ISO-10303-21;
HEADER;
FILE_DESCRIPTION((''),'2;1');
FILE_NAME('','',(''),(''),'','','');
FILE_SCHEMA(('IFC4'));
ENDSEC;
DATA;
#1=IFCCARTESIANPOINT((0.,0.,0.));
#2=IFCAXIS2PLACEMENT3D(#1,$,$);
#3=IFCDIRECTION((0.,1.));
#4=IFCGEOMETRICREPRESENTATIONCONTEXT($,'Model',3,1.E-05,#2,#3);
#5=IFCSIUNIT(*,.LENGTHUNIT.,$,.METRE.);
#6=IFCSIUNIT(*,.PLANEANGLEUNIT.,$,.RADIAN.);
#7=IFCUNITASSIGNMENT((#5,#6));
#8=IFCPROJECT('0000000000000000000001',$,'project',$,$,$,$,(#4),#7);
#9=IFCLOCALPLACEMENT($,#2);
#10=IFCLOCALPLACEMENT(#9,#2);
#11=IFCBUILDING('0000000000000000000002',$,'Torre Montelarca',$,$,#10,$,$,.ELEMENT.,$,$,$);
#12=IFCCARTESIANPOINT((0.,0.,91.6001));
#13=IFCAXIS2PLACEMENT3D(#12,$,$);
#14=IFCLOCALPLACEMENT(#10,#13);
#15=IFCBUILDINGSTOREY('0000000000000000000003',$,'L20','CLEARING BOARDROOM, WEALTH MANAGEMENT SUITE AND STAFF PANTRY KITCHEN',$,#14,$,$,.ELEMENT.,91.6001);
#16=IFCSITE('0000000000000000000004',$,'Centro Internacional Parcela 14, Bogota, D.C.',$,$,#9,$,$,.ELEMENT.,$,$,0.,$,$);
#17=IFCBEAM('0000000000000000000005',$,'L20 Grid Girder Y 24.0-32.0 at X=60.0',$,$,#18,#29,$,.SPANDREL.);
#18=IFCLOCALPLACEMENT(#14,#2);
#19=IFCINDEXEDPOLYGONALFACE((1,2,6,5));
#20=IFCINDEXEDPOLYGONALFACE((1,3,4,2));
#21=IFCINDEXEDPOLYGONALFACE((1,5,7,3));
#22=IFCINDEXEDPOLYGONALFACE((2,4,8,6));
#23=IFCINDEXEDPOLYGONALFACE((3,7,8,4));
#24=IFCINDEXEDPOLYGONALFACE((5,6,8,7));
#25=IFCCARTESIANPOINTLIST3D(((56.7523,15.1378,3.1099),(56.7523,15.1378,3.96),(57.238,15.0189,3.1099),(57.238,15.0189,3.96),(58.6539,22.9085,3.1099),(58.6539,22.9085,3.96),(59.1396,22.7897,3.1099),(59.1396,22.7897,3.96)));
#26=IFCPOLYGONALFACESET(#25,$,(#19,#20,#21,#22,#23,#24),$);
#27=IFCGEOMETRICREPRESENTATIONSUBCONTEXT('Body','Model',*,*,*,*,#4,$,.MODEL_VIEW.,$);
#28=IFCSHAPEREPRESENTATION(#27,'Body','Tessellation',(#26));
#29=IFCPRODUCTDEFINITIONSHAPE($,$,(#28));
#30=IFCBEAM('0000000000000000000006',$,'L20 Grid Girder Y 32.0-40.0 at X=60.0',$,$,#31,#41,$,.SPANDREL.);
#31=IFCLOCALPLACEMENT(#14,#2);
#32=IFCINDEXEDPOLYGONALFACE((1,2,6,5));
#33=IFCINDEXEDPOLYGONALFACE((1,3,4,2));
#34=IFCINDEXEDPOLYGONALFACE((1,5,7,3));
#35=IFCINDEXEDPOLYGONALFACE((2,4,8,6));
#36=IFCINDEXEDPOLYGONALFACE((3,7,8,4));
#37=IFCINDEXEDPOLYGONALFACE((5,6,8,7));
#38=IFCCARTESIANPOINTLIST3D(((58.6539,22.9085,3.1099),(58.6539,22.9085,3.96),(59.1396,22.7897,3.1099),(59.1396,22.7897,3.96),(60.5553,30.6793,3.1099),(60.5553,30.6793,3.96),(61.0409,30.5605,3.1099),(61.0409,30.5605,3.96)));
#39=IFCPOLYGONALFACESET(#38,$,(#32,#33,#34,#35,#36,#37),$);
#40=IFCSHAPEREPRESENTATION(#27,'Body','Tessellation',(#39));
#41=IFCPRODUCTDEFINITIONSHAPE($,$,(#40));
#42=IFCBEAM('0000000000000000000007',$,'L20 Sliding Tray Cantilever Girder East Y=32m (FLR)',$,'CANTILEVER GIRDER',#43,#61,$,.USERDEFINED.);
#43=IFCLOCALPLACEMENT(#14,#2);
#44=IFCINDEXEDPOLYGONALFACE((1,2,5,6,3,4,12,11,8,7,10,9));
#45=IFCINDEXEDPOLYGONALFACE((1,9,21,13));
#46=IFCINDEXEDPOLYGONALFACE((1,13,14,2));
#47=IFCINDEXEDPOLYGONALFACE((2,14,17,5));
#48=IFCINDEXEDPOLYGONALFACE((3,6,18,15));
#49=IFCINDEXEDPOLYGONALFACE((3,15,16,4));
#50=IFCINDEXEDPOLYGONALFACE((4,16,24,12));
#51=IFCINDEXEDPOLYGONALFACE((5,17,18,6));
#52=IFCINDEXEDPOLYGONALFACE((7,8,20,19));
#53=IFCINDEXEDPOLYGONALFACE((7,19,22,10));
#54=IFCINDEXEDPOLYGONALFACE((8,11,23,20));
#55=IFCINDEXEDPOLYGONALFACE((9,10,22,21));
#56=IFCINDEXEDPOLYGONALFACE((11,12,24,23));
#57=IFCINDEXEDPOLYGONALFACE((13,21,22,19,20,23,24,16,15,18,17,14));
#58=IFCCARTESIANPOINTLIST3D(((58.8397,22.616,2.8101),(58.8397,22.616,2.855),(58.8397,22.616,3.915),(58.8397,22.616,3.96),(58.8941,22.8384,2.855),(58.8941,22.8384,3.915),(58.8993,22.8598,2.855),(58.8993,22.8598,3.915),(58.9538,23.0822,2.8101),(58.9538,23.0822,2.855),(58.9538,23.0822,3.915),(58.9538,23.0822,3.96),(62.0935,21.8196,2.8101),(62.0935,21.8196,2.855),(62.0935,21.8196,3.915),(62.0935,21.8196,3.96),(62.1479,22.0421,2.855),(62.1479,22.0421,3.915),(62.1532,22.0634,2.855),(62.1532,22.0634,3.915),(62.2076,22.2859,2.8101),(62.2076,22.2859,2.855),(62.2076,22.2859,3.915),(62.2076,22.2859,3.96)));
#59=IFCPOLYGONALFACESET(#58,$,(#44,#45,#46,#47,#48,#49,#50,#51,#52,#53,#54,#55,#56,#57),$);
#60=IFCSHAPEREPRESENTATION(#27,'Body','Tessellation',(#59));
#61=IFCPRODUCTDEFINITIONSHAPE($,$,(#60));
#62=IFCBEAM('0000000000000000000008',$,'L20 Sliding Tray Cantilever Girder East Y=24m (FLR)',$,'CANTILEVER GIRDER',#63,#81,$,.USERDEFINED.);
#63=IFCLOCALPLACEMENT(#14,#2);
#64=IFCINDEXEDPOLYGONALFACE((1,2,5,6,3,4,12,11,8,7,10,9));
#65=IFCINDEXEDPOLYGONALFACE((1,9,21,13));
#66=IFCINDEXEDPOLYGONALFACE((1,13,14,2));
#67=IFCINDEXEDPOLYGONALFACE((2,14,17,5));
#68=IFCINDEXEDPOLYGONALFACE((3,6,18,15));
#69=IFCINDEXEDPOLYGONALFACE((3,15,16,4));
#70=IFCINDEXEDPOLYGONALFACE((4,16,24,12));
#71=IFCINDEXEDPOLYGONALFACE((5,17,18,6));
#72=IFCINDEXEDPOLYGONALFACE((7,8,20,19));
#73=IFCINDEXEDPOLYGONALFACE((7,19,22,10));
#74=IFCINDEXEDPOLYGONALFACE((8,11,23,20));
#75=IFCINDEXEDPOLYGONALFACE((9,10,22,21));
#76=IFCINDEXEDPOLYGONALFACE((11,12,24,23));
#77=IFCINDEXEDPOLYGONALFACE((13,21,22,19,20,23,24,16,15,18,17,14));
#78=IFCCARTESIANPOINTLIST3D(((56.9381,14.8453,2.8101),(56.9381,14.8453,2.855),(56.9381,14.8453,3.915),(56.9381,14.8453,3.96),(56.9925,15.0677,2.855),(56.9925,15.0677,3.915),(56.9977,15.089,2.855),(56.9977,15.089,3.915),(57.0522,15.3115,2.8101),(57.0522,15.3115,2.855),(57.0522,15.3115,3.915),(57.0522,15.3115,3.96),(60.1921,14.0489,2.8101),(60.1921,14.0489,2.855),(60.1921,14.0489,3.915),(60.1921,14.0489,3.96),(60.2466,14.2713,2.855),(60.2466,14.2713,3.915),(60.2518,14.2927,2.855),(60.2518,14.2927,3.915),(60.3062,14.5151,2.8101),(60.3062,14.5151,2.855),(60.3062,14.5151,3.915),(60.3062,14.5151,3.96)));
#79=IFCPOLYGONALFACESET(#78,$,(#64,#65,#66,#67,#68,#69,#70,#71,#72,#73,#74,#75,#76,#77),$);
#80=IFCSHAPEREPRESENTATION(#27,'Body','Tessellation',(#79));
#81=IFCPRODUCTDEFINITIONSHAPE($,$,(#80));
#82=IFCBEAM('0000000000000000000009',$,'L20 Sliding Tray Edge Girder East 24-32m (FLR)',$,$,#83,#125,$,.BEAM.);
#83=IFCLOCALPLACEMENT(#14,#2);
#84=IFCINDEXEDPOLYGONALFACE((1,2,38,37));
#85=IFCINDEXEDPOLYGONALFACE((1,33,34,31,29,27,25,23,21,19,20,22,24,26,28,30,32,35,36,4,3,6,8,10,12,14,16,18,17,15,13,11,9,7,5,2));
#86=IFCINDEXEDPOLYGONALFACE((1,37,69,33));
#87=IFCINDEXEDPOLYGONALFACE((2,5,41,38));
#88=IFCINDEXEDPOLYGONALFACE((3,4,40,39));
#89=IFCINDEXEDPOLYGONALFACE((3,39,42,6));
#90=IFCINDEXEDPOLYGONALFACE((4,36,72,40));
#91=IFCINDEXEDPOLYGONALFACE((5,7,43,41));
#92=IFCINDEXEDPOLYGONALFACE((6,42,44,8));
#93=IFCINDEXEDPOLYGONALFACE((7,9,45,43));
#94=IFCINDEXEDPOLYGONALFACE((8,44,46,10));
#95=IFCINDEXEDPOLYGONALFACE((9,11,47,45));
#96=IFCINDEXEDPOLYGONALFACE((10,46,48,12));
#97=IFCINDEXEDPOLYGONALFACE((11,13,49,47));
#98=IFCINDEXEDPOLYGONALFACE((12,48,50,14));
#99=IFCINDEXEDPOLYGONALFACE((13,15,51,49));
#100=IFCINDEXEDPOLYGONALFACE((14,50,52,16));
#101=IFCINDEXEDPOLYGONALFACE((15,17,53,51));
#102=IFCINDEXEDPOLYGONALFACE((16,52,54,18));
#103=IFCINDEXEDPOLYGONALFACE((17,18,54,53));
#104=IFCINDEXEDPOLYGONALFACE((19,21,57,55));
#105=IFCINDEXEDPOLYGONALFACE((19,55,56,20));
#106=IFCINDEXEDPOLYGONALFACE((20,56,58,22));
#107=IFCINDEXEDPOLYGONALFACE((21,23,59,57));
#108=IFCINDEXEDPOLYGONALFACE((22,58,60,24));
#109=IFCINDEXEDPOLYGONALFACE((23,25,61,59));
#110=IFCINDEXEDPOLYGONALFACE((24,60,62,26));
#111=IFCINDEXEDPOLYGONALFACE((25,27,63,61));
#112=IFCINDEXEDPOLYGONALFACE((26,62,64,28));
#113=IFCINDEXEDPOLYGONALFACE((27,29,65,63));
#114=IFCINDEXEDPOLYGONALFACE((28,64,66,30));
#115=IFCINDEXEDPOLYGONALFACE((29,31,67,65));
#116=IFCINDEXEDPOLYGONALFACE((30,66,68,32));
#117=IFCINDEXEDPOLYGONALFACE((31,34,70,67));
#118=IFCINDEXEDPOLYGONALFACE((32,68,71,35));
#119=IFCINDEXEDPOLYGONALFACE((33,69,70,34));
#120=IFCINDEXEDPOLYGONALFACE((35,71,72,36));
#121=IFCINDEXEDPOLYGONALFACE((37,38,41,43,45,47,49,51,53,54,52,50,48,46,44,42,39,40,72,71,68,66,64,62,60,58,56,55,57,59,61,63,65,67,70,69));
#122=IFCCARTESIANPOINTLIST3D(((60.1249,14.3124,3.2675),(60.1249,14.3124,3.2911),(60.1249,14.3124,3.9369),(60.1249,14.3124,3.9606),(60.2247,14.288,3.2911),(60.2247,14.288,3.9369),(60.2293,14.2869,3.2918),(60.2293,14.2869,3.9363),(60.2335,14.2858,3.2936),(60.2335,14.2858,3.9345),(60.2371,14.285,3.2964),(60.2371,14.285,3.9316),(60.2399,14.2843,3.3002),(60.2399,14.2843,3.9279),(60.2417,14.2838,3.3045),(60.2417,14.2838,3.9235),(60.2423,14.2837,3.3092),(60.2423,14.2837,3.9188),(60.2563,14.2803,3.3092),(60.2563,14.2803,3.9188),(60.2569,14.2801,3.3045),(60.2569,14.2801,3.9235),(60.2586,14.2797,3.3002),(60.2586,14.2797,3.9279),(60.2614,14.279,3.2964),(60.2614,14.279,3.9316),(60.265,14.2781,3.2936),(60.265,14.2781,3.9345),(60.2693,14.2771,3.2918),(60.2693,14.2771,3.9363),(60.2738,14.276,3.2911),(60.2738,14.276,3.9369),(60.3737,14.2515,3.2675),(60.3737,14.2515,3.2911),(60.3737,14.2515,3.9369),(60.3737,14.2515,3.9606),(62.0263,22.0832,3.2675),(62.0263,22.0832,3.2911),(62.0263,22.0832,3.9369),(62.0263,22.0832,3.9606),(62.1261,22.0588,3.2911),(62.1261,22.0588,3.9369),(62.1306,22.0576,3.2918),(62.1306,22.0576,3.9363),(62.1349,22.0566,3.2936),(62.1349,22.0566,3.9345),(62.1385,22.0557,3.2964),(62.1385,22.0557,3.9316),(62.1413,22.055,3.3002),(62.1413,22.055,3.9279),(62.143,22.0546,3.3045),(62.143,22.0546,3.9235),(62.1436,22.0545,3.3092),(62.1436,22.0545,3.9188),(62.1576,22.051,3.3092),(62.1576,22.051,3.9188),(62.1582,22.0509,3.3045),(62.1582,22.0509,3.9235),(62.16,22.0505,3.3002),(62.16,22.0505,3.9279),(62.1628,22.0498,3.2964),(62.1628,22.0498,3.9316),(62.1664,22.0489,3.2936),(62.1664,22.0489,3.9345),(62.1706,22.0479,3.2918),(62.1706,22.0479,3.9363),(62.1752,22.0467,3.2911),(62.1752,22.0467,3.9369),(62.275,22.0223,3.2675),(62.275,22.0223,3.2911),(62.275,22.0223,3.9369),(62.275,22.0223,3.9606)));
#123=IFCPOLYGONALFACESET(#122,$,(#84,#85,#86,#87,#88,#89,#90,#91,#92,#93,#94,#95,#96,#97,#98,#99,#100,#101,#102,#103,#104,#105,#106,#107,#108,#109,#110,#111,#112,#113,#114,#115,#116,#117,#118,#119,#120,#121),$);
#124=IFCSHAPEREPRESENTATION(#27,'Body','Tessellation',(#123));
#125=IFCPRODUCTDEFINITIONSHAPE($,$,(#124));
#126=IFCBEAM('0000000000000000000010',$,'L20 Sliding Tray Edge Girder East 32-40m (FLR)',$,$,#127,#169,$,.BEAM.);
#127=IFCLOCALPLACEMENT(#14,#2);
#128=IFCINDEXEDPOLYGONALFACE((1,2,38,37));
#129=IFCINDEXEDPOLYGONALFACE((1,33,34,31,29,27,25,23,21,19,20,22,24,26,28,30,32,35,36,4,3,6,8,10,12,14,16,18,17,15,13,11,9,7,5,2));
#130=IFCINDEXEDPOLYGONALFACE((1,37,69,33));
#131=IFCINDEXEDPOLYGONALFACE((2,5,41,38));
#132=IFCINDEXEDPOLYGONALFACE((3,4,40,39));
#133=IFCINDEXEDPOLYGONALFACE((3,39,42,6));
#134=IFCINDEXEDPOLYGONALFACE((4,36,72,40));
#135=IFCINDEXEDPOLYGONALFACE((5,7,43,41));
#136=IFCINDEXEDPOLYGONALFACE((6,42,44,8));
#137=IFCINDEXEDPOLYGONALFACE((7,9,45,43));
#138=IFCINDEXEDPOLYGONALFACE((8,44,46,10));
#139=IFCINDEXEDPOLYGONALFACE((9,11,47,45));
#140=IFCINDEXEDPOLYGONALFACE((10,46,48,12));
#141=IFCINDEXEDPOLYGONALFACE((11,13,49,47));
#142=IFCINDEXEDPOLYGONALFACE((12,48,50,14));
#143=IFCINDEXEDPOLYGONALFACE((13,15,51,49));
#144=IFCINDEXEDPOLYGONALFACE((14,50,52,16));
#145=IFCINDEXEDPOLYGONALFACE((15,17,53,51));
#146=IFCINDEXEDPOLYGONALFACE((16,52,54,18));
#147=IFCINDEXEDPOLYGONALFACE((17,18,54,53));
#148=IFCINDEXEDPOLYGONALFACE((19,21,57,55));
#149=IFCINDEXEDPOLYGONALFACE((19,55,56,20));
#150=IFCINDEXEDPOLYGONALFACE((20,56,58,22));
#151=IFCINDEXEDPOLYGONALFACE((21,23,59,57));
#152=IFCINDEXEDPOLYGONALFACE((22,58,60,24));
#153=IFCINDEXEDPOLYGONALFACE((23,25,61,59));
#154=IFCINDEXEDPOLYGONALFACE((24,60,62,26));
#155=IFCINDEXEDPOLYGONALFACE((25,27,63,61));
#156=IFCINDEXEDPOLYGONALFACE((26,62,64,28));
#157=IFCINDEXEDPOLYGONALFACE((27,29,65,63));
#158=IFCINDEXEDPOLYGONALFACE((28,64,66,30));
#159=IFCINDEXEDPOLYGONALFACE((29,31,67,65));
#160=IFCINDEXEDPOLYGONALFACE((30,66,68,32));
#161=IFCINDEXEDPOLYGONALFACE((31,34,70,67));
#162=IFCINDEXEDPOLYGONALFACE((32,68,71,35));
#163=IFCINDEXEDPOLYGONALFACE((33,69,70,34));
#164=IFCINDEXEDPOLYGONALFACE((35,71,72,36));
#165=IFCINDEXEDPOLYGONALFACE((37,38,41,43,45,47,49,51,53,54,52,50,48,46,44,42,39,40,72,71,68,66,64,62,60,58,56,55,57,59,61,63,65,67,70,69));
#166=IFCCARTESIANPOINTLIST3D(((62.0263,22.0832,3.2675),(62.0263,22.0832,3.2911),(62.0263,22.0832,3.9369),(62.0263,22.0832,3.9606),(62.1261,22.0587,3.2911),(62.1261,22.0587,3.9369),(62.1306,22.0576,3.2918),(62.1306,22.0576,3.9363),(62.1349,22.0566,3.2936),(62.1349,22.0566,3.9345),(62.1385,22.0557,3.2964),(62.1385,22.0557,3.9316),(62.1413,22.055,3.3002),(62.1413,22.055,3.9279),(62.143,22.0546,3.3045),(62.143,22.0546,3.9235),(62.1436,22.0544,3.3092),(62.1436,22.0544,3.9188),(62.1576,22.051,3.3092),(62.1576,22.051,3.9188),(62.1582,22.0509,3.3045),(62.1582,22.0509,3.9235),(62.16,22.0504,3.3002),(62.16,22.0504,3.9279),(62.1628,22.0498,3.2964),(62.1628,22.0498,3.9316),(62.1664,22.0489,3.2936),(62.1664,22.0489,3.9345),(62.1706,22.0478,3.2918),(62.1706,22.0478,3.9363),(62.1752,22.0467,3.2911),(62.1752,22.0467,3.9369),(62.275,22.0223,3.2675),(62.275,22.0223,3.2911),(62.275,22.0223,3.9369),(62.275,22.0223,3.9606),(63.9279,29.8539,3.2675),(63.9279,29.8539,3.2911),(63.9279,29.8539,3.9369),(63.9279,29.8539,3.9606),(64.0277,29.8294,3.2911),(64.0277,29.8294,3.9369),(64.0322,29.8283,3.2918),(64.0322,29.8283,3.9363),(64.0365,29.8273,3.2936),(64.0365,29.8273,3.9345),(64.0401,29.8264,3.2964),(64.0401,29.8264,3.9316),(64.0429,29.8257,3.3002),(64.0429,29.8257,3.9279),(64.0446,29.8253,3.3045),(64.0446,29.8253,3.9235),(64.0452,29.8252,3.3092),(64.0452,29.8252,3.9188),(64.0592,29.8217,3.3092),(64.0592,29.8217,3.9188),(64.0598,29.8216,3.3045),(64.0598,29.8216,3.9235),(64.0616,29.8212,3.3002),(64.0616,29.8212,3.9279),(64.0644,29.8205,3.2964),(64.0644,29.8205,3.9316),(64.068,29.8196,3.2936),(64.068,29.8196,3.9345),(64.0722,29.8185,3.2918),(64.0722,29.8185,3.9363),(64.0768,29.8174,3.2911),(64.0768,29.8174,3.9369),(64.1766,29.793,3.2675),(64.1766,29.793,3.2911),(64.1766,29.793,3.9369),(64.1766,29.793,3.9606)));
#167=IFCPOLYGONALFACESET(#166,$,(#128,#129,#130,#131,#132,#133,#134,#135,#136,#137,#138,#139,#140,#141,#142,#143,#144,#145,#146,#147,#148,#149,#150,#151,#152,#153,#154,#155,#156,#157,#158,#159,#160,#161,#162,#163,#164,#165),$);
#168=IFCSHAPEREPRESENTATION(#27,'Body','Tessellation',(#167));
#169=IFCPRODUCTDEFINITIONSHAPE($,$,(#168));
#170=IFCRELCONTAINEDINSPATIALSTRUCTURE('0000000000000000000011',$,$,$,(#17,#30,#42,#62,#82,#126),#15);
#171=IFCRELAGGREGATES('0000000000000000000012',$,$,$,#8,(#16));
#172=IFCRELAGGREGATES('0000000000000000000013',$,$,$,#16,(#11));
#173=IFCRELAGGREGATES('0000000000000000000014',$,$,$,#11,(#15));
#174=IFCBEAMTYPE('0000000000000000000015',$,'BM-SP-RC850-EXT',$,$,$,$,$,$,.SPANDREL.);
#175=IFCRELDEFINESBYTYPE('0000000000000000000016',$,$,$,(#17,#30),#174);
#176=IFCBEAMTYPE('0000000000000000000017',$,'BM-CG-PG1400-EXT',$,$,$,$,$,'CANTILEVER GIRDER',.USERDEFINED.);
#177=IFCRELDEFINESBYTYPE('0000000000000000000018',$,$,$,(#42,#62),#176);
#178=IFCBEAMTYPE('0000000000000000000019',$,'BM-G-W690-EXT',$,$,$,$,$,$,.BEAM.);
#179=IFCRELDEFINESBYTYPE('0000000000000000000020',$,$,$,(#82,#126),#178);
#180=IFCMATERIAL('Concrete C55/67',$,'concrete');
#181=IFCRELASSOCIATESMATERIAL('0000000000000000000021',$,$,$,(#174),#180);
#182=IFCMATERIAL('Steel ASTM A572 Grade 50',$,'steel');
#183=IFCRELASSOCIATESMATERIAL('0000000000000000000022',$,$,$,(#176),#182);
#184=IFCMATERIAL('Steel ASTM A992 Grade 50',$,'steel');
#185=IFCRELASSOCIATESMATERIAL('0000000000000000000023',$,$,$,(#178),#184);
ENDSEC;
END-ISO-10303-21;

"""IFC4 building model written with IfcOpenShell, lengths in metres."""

from ifc_helpers import new_model, si_unit, direction, frame, origin, origin_2d, place, context, subcontext, project, spatial, rectangle, i_section, extrude, source, transform, mapped, material, material_profile, profile_set, type_object, element, save


model = new_model("IFC4")

# Units and contexts
model_context = context("Model", 3, precision=1e-05, world=origin(), true_north=direction((0.0, 1.0)))
body_context = subcontext(model_context, "Body", "Model", "MODEL_VIEW")
ifc_project = project(units=[si_unit("LENGTHUNIT", "METRE"), si_unit("PLANEANGLEUNIT", "RADIAN")], contexts=[model_context])

# Site, building, storey
site_placement = place(None, origin())
site = spatial("IfcSite", under=ifc_project, at=site_placement, Name="Centro Internacional Parcela 14, Bogota, D.C.", CompositionType="ELEMENT", RefElevation=0.0)
building_placement = place(site_placement, origin())
building = spatial("IfcBuilding", under=site, at=building_placement, Name="Torre Montelarca", CompositionType="ELEMENT")
storey_placement = place(building_placement, frame((0.0, 0.0, 91.6001)))
storey = spatial("IfcBuildingStorey", under=building, at=storey_placement, Name="L20", Description="CLEARING BOARDROOM, WEALTH MANAGEMENT SUITE AND STAFF PANTRY KITCHEN", CompositionType="ELEMENT", Elevation=91.6001)

# Beams
ifc_material_1 = material(Name="Concrete C55/67", Category="concrete")
ifc_material_profile_1 = material_profile(ifc_material_1, rectangle(XDim=0.5, YDim=0.8501, at=origin_2d()), Name="RCB500X850", Category="concrete")
ifc_profile_set_1 = profile_set([ifc_material_profile_1], Name="Concrete C55/67")
beam_type_1 = type_object("IfcBeamType", Name="BM-SP-RC850-EXT", PredefinedType="SPANDREL", material=ifc_profile_set_1)
shared_shape_1 = source(origin(), body_context, "Body", "SweptSolid", [
    extrude(rectangle(XDim=0.5, YDim=0.8501, at=origin_2d()), origin(), (0.0, 0.0, 1.0), 8.0),
])
for number, where, z_axis, x_axis, name in (
    (1, (56.9951, 15.0784, 3.5349), (0.2377, 0.971339, 0.0), (-0.971339, 0.2377, 0.0), "L20 Grid Girder Y 24.0-32.0 at X=60.0"),
    (2, (58.8967, 22.8491, 3.5349), (0.237671, 0.971346, 0.0), (-0.971346, 0.237671, 0.0), "L20 Grid Girder Y 32.0-40.0 at X=60.0"),
):
    element("IfcBeam", number, at=place(storey_placement, frame(where, z_axis=z_axis, x_axis=x_axis)), inside=storey, type_object=beam_type_1, Name=name, PredefinedType="SPANDREL", context=body_context, shape_type="MappedRepresentation", body=[
        mapped(shared_shape_1, transform((0.0, 0.0, 0.0), scale=1.0)),
    ])
ifc_material_2 = material(Name="Steel ASTM A572 Grade 50", Category="steel")
ifc_material_profile_2 = material_profile(ifc_material_2, i_section(OverallWidth=0.48, OverallDepth=1.1499, WebThickness=0.022, FlangeThickness=0.0449, at=origin_2d()), Name="PG1150X480X22X45", Category="steel")
ifc_profile_set_2 = profile_set([ifc_material_profile_2], Name="Steel ASTM A572 Grade 50")
beam_type_2 = type_object("IfcBeamType", Name="BM-CG-PG1400-EXT", ElementType="CANTILEVER GIRDER", PredefinedType="USERDEFINED", material=ifc_profile_set_2)
shared_shape_2 = source(origin(), body_context, "Body", "SweptSolid", [
    extrude(i_section(OverallWidth=0.48, OverallDepth=1.1499, WebThickness=0.022, FlangeThickness=0.0449, at=origin_2d()), origin(), (0.0, 0.0, 1.0), 3.3499),
])
beam_1_placement = place(storey_placement, frame((58.8967, 22.8491, 3.385), z_axis=(0.971331, -0.237731, 0.0), x_axis=(0.237731, 0.971331, 0.0)))
element("IfcBeam", 3, at=beam_1_placement, inside=storey, type_object=beam_type_2, Name="L20 Sliding Tray Cantilever Girder East Y=32m (FLR)", ObjectType="CANTILEVER GIRDER", PredefinedType="USERDEFINED", context=body_context, shape_type="MappedRepresentation", body=[
    mapped(shared_shape_2, transform((0.0, 0.0, 0.0), scale=1.0)),
])
shared_shape_3 = source(origin(), body_context, "Body", "SweptSolid", [
    extrude(i_section(OverallWidth=0.48, OverallDepth=1.1499, WebThickness=0.022, FlangeThickness=0.0449, at=origin_2d()), origin(), (0.0, 0.0, 1.0), 3.3501),
])
beam_2_placement = place(storey_placement, frame((56.9951, 15.0784, 3.385), z_axis=(0.971335, -0.237714, 0.0), x_axis=(0.237714, 0.971335, 0.0)))
element("IfcBeam", 4, at=beam_2_placement, inside=storey, type_object=beam_type_2, Name="L20 Sliding Tray Cantilever Girder East Y=24m (FLR)", ObjectType="CANTILEVER GIRDER", PredefinedType="USERDEFINED", context=body_context, shape_type="MappedRepresentation", body=[
    mapped(shared_shape_3, transform((0.0, 0.0, 0.0), scale=1.0)),
])
ifc_material_3 = material(Name="Steel ASTM A992 Grade 50", Category="steel")
ifc_material_profile_3 = material_profile(ifc_material_3, i_section(OverallWidth=0.2561, OverallDepth=0.6931, WebThickness=0.0144, FlangeThickness=0.0237, FilletRadius=0.0181, at=origin_2d()), Name="W690X170", Category="steel")
ifc_profile_set_3 = profile_set([ifc_material_profile_3], Name="Steel ASTM A992 Grade 50")
beam_type_3 = type_object("IfcBeamType", Name="BM-G-W690-EXT", PredefinedType="BEAM", material=ifc_profile_set_3)
shared_shape_4 = source(origin(), body_context, "Body", "SweptSolid", [
    extrude(i_section(OverallWidth=0.2561, OverallDepth=0.6931, WebThickness=0.0144, FlangeThickness=0.0237, FilletRadius=0.0181, at=origin_2d()), origin(), (0.0, 0.0, 1.0), 8.0),
])
for number, where, z_axis, x_axis, name in (
    (5, (60.2493, 14.282, 3.614), (0.237671, 0.971346, 0.0), (-0.971346, 0.237671, 0.0), "L20 Sliding Tray Edge Girder East 24-32m (FLR)"),
    (6, (62.1506, 22.0527, 3.614), (0.2377, 0.971339, 0.0), (-0.971339, 0.2377, 0.0), "L20 Sliding Tray Edge Girder East 32-40m (FLR)"),
):
    element("IfcBeam", number, at=place(storey_placement, frame(where, z_axis=z_axis, x_axis=x_axis)), inside=storey, type_object=beam_type_3, Name=name, PredefinedType="BEAM", context=body_context, shape_type="MappedRepresentation", body=[
        mapped(shared_shape_4, transform((0.0, 0.0, 0.0), scale=1.0)),
    ])

save(model, "model.ifc")
